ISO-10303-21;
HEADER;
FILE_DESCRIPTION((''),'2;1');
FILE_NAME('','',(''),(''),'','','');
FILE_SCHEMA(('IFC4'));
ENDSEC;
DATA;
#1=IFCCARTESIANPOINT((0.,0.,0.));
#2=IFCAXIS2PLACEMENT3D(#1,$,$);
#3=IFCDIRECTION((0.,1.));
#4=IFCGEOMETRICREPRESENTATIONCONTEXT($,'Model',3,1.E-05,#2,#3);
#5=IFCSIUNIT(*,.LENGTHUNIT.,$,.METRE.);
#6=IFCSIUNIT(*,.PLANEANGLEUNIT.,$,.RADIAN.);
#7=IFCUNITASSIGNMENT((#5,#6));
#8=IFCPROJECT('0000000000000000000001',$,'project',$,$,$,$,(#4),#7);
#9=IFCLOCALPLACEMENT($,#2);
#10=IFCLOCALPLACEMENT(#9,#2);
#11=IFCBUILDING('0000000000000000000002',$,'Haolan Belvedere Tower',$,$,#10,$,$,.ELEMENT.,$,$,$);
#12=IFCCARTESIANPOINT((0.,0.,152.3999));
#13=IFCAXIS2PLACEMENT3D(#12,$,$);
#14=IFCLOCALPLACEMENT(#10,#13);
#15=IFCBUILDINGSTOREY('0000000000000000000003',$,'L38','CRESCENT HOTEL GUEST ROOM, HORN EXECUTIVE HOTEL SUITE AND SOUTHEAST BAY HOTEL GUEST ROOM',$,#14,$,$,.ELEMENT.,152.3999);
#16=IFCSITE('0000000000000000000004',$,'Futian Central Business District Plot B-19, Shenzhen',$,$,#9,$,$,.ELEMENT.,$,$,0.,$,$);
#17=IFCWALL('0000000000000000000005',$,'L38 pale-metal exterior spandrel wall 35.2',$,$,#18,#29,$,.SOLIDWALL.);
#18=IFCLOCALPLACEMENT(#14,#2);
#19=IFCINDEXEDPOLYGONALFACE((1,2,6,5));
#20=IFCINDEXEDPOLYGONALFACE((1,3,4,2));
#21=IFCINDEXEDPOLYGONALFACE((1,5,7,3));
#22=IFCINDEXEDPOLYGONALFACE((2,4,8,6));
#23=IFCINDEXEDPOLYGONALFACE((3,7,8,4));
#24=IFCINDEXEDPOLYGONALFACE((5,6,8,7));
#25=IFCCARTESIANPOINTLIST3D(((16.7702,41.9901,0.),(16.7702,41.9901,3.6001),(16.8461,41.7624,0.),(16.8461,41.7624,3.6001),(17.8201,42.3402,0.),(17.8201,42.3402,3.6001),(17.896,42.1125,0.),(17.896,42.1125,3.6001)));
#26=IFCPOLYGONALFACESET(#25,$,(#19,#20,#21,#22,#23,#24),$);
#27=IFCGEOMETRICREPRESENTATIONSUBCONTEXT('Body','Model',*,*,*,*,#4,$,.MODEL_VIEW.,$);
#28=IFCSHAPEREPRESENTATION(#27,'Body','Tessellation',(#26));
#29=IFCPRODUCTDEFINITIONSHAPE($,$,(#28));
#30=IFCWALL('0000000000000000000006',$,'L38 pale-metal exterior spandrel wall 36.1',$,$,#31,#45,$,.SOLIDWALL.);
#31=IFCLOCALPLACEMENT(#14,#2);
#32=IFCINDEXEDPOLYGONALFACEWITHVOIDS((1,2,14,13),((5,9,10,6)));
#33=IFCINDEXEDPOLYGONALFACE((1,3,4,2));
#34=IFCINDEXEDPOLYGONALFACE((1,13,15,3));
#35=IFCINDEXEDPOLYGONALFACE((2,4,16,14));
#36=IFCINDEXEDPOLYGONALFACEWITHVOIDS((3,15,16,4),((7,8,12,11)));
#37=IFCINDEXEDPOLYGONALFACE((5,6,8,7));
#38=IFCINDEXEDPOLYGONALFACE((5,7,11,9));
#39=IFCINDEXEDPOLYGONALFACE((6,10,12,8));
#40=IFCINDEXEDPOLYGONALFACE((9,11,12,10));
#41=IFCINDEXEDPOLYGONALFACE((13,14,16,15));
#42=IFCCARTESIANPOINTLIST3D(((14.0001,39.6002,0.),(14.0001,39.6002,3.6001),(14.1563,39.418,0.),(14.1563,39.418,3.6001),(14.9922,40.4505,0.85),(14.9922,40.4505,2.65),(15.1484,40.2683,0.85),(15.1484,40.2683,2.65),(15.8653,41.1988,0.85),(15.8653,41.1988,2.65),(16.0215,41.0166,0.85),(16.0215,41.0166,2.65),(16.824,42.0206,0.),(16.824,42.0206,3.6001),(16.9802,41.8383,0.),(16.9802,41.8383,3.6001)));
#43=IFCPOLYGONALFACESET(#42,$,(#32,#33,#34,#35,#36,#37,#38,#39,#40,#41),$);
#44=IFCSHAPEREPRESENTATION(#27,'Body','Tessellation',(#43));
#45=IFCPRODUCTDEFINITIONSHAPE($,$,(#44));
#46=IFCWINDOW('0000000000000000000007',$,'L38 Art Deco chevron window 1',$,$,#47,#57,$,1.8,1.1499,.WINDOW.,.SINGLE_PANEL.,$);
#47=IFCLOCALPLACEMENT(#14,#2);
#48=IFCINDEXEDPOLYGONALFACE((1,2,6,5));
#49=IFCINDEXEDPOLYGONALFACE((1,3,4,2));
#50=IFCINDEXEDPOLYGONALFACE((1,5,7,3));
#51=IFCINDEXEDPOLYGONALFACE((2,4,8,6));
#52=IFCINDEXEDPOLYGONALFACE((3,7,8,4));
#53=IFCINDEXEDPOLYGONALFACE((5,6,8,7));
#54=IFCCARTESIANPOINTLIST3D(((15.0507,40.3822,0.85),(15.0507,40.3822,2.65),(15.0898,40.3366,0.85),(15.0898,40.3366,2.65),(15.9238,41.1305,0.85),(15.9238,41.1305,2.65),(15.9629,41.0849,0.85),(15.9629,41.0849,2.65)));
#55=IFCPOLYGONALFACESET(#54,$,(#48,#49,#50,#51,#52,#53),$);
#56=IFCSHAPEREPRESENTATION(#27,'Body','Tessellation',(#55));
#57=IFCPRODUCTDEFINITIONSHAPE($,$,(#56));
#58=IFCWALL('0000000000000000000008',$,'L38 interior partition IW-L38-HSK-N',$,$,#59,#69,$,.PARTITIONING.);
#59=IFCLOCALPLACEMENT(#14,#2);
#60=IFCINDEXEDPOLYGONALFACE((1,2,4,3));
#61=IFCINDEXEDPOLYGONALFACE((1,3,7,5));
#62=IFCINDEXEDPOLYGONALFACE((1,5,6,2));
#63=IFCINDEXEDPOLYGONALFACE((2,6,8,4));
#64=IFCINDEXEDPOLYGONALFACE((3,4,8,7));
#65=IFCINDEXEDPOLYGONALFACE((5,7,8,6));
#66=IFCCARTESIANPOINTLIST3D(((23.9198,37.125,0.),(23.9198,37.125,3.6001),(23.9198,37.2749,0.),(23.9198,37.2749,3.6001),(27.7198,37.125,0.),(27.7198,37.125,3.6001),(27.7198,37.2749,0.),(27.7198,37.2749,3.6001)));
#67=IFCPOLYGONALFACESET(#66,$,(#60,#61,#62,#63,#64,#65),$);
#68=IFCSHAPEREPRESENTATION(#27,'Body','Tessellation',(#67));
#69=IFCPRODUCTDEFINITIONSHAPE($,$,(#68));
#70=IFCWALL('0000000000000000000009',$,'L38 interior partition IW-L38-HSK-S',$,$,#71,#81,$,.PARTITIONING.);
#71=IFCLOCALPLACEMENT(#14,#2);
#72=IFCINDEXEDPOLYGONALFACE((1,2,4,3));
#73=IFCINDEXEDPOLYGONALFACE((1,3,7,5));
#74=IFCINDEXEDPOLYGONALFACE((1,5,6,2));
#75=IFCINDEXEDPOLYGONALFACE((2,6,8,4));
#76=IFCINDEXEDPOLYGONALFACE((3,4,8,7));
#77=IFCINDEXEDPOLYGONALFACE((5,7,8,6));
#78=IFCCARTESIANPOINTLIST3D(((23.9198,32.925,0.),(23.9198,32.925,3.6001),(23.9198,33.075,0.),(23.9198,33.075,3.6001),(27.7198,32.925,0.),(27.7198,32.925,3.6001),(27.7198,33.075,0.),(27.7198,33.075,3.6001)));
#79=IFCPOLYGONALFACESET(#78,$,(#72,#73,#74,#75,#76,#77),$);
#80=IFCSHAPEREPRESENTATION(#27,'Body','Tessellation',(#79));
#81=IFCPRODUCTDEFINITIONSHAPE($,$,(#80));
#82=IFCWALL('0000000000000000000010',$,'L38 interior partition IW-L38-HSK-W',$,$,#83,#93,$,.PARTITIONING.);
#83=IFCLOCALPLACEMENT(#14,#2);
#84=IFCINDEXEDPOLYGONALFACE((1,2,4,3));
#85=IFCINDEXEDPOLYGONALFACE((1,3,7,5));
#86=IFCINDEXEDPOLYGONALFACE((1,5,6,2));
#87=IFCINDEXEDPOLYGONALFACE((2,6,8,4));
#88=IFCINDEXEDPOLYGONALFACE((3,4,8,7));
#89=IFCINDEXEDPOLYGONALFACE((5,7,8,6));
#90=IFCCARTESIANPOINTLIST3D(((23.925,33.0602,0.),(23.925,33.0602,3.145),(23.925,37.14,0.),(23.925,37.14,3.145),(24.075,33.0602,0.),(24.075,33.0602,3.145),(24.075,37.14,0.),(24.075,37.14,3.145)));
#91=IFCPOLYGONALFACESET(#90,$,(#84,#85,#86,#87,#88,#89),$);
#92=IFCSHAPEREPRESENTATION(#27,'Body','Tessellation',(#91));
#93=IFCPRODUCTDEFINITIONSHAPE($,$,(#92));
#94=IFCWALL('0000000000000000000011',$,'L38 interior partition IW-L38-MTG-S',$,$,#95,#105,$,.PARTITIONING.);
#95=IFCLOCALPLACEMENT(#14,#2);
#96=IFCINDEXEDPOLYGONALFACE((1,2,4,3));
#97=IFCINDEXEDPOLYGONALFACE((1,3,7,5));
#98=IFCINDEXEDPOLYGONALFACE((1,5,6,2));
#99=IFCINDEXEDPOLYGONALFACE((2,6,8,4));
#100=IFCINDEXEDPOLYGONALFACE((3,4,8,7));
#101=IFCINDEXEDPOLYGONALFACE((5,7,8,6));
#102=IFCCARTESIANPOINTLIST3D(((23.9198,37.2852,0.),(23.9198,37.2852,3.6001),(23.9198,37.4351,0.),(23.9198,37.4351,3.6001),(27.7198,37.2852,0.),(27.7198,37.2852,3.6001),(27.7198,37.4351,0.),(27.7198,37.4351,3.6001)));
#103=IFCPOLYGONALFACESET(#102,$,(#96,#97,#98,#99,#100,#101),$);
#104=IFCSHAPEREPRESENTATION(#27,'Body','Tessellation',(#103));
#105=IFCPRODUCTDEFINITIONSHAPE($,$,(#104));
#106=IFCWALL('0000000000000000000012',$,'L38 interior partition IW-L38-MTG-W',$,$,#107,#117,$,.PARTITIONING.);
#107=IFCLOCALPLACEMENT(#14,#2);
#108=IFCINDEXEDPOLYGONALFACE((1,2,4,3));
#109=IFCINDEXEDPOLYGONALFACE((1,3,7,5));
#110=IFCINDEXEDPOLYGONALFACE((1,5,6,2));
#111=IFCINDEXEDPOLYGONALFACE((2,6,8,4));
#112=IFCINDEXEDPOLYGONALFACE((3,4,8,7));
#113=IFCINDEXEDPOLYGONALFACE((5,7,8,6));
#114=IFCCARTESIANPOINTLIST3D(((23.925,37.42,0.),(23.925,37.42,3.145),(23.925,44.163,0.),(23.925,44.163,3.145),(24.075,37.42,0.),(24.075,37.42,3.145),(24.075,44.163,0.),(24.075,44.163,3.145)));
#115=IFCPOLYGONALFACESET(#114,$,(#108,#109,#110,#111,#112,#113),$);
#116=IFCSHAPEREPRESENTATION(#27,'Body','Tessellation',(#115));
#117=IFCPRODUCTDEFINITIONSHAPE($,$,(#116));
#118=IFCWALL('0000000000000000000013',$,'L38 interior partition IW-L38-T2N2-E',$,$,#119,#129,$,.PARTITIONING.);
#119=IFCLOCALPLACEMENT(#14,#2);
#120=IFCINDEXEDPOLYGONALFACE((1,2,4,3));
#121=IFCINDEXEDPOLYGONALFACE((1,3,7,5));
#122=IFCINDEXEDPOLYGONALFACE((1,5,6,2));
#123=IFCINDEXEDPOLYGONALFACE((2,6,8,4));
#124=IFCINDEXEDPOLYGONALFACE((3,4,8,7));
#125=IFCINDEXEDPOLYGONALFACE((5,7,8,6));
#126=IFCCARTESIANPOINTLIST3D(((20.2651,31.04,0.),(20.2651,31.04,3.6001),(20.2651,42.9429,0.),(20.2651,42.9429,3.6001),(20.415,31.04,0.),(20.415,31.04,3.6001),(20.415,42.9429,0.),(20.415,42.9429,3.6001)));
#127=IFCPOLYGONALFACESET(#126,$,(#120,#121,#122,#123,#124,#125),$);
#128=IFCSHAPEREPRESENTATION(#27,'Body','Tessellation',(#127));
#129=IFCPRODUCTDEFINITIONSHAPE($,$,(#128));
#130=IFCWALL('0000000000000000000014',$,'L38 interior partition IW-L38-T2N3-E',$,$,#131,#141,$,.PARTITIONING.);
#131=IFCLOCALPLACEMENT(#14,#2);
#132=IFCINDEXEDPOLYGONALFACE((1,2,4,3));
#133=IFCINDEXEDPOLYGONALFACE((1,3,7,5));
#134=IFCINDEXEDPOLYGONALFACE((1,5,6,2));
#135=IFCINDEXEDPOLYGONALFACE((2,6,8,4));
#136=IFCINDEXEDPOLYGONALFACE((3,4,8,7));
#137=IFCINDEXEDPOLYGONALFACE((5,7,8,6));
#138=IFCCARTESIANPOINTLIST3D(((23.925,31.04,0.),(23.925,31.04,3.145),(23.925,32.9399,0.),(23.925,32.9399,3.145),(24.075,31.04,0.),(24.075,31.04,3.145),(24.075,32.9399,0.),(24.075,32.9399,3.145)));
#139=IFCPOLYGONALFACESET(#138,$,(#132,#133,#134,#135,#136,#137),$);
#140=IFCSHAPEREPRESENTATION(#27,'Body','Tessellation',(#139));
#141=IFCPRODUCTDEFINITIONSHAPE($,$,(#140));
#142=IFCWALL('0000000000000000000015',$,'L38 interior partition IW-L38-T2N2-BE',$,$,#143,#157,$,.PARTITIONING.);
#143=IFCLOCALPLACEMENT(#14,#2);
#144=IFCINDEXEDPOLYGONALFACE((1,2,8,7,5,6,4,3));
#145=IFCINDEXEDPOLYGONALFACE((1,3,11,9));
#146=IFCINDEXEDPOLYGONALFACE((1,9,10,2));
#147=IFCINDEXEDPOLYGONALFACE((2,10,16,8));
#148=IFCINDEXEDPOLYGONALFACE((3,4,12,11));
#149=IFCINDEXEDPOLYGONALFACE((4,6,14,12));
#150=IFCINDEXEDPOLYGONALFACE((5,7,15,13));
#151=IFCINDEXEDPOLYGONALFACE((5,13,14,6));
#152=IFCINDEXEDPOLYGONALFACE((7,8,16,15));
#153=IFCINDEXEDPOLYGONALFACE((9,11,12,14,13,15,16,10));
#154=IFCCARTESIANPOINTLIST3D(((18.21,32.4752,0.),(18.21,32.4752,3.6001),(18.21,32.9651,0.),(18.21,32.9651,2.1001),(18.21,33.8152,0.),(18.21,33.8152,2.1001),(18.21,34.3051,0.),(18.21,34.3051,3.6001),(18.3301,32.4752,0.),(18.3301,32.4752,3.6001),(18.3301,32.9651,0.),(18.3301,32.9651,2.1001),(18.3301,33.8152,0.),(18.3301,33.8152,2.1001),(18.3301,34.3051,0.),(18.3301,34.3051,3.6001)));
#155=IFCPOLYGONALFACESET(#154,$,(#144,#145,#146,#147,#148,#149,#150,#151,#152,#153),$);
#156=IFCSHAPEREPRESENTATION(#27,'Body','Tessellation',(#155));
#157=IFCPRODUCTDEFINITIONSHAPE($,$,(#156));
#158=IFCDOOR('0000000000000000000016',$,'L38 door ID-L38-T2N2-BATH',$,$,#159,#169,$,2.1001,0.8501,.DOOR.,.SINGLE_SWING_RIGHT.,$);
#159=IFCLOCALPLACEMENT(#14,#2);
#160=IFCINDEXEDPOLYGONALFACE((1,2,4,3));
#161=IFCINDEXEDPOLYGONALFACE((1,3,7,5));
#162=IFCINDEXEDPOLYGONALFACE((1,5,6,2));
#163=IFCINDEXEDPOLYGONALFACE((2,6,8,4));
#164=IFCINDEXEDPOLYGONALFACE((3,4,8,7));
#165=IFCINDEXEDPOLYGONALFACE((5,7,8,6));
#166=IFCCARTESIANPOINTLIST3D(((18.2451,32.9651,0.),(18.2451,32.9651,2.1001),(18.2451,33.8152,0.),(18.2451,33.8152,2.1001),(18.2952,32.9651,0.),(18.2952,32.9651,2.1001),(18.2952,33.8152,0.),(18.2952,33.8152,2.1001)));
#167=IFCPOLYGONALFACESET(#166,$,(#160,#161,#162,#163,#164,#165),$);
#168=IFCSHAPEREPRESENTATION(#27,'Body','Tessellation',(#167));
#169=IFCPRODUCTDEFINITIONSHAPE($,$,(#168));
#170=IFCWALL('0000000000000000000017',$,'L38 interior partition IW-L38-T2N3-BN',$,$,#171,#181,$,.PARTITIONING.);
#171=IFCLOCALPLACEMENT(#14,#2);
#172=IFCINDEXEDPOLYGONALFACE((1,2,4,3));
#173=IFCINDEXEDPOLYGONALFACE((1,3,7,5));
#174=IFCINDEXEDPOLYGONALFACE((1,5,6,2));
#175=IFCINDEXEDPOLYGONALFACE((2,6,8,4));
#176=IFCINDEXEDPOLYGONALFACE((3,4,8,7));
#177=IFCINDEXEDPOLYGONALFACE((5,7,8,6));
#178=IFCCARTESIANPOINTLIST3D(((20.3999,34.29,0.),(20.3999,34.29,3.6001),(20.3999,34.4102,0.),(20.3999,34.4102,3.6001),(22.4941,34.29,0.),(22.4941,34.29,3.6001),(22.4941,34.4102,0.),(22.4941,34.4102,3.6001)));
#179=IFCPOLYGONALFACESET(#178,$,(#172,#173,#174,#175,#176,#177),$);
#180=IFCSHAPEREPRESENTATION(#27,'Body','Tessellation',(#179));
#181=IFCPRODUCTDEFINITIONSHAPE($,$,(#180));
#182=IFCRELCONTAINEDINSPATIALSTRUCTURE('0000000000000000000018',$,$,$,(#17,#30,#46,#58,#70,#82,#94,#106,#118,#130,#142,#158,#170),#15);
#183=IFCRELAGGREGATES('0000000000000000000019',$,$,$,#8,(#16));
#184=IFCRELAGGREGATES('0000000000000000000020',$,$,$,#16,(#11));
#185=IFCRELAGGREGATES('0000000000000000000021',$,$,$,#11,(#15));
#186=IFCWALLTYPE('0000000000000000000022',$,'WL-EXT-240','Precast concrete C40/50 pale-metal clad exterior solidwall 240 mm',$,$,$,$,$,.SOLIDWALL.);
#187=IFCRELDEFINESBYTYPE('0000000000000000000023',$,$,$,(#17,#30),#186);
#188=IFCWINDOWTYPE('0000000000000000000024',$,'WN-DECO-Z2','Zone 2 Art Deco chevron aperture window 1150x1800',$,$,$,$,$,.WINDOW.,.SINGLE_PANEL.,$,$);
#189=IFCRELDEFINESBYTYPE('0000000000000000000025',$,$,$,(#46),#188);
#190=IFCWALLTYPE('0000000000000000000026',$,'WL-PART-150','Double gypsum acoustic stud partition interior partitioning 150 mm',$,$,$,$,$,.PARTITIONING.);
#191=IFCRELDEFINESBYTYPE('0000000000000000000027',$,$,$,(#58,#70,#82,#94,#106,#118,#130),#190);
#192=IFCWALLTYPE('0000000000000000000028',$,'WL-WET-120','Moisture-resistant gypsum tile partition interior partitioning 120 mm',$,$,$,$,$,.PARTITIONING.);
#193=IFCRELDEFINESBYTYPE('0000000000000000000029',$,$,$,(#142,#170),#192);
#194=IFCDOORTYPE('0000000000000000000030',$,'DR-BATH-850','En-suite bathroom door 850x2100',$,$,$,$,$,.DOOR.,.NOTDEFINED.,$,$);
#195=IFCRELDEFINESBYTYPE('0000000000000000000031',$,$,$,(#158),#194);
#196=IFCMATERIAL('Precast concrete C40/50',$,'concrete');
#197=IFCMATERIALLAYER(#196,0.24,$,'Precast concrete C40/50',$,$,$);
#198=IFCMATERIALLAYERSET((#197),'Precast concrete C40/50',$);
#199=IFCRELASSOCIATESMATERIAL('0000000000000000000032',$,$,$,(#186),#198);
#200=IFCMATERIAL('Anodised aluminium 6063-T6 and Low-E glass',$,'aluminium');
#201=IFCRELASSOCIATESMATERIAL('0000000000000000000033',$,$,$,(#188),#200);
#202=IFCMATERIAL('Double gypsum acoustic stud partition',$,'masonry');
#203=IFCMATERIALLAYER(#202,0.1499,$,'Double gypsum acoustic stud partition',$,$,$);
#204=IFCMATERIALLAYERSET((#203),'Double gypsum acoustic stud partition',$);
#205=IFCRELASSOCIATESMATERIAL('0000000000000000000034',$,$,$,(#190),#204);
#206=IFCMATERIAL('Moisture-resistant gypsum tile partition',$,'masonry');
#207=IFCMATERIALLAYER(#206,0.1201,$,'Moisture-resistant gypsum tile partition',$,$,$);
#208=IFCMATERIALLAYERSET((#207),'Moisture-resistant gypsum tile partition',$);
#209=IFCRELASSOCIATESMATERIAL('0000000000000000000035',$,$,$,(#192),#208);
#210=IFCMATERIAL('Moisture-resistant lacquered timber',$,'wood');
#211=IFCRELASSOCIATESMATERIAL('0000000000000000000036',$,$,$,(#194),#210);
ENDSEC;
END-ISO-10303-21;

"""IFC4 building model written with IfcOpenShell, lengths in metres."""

from ifc_helpers import new_model, si_unit, direction, frame, frame_2d, origin, place, context, subcontext, project, spatial, rectangle, extrude, material, layer, layer_set, type_object, element, fill, save


model = new_model("IFC4")

# Units and contexts
model_context = context("Model", 3, precision=1e-05, world=origin(), true_north=direction((0.0, 1.0)))
body_context = subcontext(model_context, "Body", "Model", "MODEL_VIEW")
ifc_project = project(units=[si_unit("LENGTHUNIT", "METRE"), si_unit("PLANEANGLEUNIT", "RADIAN")], contexts=[model_context])

# Site, building, storey
site_placement = place(None, origin())
site = spatial("IfcSite", under=ifc_project, at=site_placement, Name="Futian Central Business District Plot B-19, Shenzhen", CompositionType="ELEMENT", RefElevation=0.0)
building_placement = place(site_placement, origin())
building = spatial("IfcBuilding", under=site, at=building_placement, Name="Haolan Belvedere Tower", CompositionType="ELEMENT")
storey_placement = place(building_placement, frame((0.0, 0.0, 152.3999)))
storey = spatial("IfcBuildingStorey", under=building, at=storey_placement, Name="L38", Description="CRESCENT HOTEL GUEST ROOM, HORN EXECUTIVE HOTEL SUITE AND SOUTHEAST BAY HOTEL GUEST ROOM", CompositionType="ELEMENT", Elevation=152.3999)

# Wall
ifc_material_1 = material(Name="Precast concrete C40/50", Category="concrete")
ifc_layer_1 = layer(ifc_material_1, 0.24, Name="Precast concrete C40/50")
ifc_layer_set_1 = layer_set([ifc_layer_1], Name="Precast concrete C40/50")
wall_type_1 = type_object("IfcWallType", Name="WL-EXT-240", Description="Precast concrete C40/50 pale-metal clad exterior solidwall 240 mm", PredefinedType="SOLIDWALL", material=ifc_layer_set_1)
wall_1_placement = place(storey_placement, frame((17.8579, 42.2263, 0.0), z_axis=(0.0, 0.0, 1.0), x_axis=(-0.948639, -0.31636, 0.0)))
element("IfcWall", 1, at=wall_1_placement, inside=storey, type_object=wall_type_1, Name="L38 pale-metal exterior spandrel wall 35.2", PredefinedType="SOLIDWALL", context=body_context, shape_type="SweptSolid", body=[
    extrude(rectangle(XDim=1.1067, YDim=0.24, at=frame_2d((0.5532, 0.0))), origin(), (0.0, 0.0, 1.0), 3.6001),
])

# Wall, opening, window
wall_2_placement = place(storey_placement, frame((16.9021, 41.9294, 0.0), z_axis=(0.0, 0.0, 1.0), x_axis=(-0.759275, -0.65077, 0.0)))
wall_2 = element("IfcWall", 2, at=wall_2_placement, inside=storey, type_object=wall_type_1, Name="L38 pale-metal exterior spandrel wall 36.1", PredefinedType="SOLIDWALL", context=body_context, shape_type="SweptSolid", body=[
    extrude(rectangle(XDim=3.7192, YDim=0.24, at=frame_2d((1.8596, 0.0))), origin(), (0.0, 0.0, 1.0), 3.6001),
])
opening_1_placement = place(wall_2_placement, frame((1.2627, 0.0, 0.8501)))
opening_1 = element("IfcOpeningElement", 3, at=opening_1_placement, cuts=wall_2, PredefinedType="OPENING", context=body_context, shape_type="SweptSolid", body=[
    extrude(rectangle(XDim=1.1499, YDim=1.8, at=frame_2d((0.575, 0.8999))), frame((0.0, 0.1299, 0.0), z_axis=(0.0, -1.0, 0.0), x_axis=(1.0, 0.0, 0.0)), (0.0, 0.0, 1.0), 0.26),
])
ifc_material_2 = material(Name="Anodised aluminium 6063-T6 and Low-E glass", Category="aluminium")
window_type = type_object("IfcWindowType", Name="WN-DECO-Z2", Description="Zone 2 Art Deco chevron aperture window 1150x1800", PartitioningType="SINGLE_PANEL", PredefinedType="WINDOW", material=ifc_material_2)
window_placement = place(opening_1_placement, origin())
window = element("IfcWindow", 4, at=window_placement, inside=storey, type_object=window_type, Name="L38 Art Deco chevron window 1", OverallHeight=1.8, OverallWidth=1.1499, PartitioningType="SINGLE_PANEL", PredefinedType="WINDOW", context=body_context, shape_type="SweptSolid", body=[
    extrude(rectangle(XDim=1.1499, YDim=1.8, at=frame_2d((0.575, 0.8999))), frame((0.0, 0.03, 0.0), z_axis=(0.0, -1.0, 0.0), x_axis=(1.0, 0.0, 0.0)), (0.0, 0.0, 1.0), 0.0601),
])
fill(opening_1, window)

# Walls
ifc_material_3 = material(Name="Double gypsum acoustic stud partition", Category="masonry")
ifc_layer_2 = layer(ifc_material_3, 0.1499, Name="Double gypsum acoustic stud partition")
ifc_layer_set_2 = layer_set([ifc_layer_2], Name="Double gypsum acoustic stud partition")
wall_type_2 = type_object("IfcWallType", Name="WL-PART-150", Description="Double gypsum acoustic stud partition interior partitioning 150 mm", PredefinedType="PARTITIONING", material=ifc_layer_set_2)
for number, where, z_axis, x_axis, name in (
    (5, (23.9199, 37.2, 0.0), (0.0, 0.0, 1.0), (1.0, 0.0, 0.0), "L38 interior partition IW-L38-HSK-N"),
    (6, (23.9199, 33.0, 0.0), (0.0, 0.0, 1.0), (1.0, 0.0, 0.0), "L38 interior partition IW-L38-HSK-S"),
):
    element("IfcWall", number, at=place(storey_placement, frame(where, z_axis=z_axis, x_axis=x_axis)), inside=storey, type_object=wall_type_2, Name=name, PredefinedType="PARTITIONING", context=body_context, shape_type="SweptSolid", body=[
        extrude(rectangle(XDim=3.8, YDim=0.1499, at=frame_2d((1.8999, 0.0))), origin(), (0.0, 0.0, 1.0), 3.6001),
    ])
wall_3_placement = place(storey_placement, frame((24.0, 33.0601, 0.0), z_axis=(0.0, 0.0, 1.0), x_axis=(0.0, 1.0, 0.0)))
element("IfcWall", 7, at=wall_3_placement, inside=storey, type_object=wall_type_2, Name="L38 interior partition IW-L38-HSK-W", PredefinedType="PARTITIONING", context=body_context, shape_type="SweptSolid", body=[
    extrude(rectangle(XDim=4.0798, YDim=0.1499, at=frame_2d((2.04, 0.0))), origin(), (0.0, 0.0, 1.0), 3.145),
])
wall_4_placement = place(storey_placement, frame((23.9199, 37.3601, 0.0), z_axis=(0.0, 0.0, 1.0), x_axis=(1.0, 0.0, 0.0)))
element("IfcWall", 8, at=wall_4_placement, inside=storey, type_object=wall_type_2, Name="L38 interior partition IW-L38-MTG-S", PredefinedType="PARTITIONING", context=body_context, shape_type="SweptSolid", body=[
    extrude(rectangle(XDim=3.8, YDim=0.1499, at=frame_2d((1.8999, 0.0))), origin(), (0.0, 0.0, 1.0), 3.6001),
])
wall_5_placement = place(storey_placement, frame((24.0, 37.4199, 0.0), z_axis=(0.0, 0.0, 1.0), x_axis=(0.0, 1.0, 0.0)))
element("IfcWall", 9, at=wall_5_placement, inside=storey, type_object=wall_type_2, Name="L38 interior partition IW-L38-MTG-W", PredefinedType="PARTITIONING", context=body_context, shape_type="SweptSolid", body=[
    extrude(rectangle(XDim=6.7429, YDim=0.1499, at=frame_2d((3.3716, 0.0))), origin(), (0.0, 0.0, 1.0), 3.145),
])
wall_6_placement = place(storey_placement, frame((20.3401, 31.04, 0.0), z_axis=(0.0, 0.0, 1.0), x_axis=(0.0, 1.0, 0.0)))
element("IfcWall", 10, at=wall_6_placement, inside=storey, type_object=wall_type_2, Name="L38 interior partition IW-L38-T2N2-E", PredefinedType="PARTITIONING", context=body_context, shape_type="SweptSolid", body=[
    extrude(rectangle(XDim=11.9028, YDim=0.1499, at=frame_2d((5.9514, 0.0))), origin(), (0.0, 0.0, 1.0), 3.6001),
])

# Wall
wall_7_placement = place(storey_placement, frame((24.0, 31.04, 0.0), z_axis=(0.0, 0.0, 1.0), x_axis=(0.0, 1.0, 0.0)))
element("IfcWall", 11, at=wall_7_placement, inside=storey, type_object=wall_type_2, Name="L38 interior partition IW-L38-T2N3-E", PredefinedType="PARTITIONING", context=body_context, shape_type="SweptSolid", body=[
    extrude(rectangle(XDim=1.8999, YDim=0.1499, at=frame_2d((0.95, 0.0))), origin(), (0.0, 0.0, 1.0), 3.145),
])

# Wall, opening, door
ifc_material_4 = material(Name="Moisture-resistant gypsum tile partition", Category="masonry")
ifc_layer_3 = layer(ifc_material_4, 0.1201, Name="Moisture-resistant gypsum tile partition")
ifc_layer_set_3 = layer_set([ifc_layer_3], Name="Moisture-resistant gypsum tile partition")
wall_type_3 = type_object("IfcWallType", Name="WL-WET-120", Description="Moisture-resistant gypsum tile partition interior partitioning 120 mm", PredefinedType="PARTITIONING", material=ifc_layer_set_3)
wall_8_placement = place(storey_placement, frame((18.27, 32.4751, 0.0), z_axis=(0.0, 0.0, 1.0), x_axis=(0.0, 1.0, 0.0)))
wall_8 = element("IfcWall", 12, at=wall_8_placement, inside=storey, type_object=wall_type_3, Name="L38 interior partition IW-L38-T2N2-BE", PredefinedType="PARTITIONING", context=body_context, shape_type="SweptSolid", body=[
    extrude(rectangle(XDim=1.8298, YDim=0.1201, at=frame_2d((0.915, 0.0))), origin(), (0.0, 0.0, 1.0), 3.6001),
])
opening_2_placement = place(wall_8_placement, frame((0.49, 0.0, 0.0)))
opening_2 = element("IfcOpeningElement", 13, at=opening_2_placement, cuts=wall_8, PredefinedType="OPENING", context=body_context, shape_type="SweptSolid", body=[
    extrude(rectangle(XDim=0.8501, YDim=2.1001, at=frame_2d((0.425, 1.05))), frame((0.0, 0.0701, 0.0), z_axis=(0.0, -1.0, 0.0), x_axis=(1.0, 0.0, 0.0)), (0.0, 0.0, 1.0), 0.1401),
])
ifc_material_5 = material(Name="Moisture-resistant lacquered timber", Category="wood")
door_type_1 = type_object("IfcDoorType", Name="DR-BATH-850", Description="En-suite bathroom door 850x2100", OperationType="NOTDEFINED", PredefinedType="DOOR", material=ifc_material_5)
door_1_placement = place(opening_2_placement, origin())
door_1 = element("IfcDoor", 14, at=door_1_placement, inside=storey, type_object=door_type_1, Name="L38 door ID-L38-T2N2-BATH", OperationType="SINGLE_SWING_RIGHT", OverallHeight=2.1001, OverallWidth=0.8501, PredefinedType="DOOR", context=body_context, shape_type="SweptSolid", body=[
    extrude(rectangle(XDim=0.8501, YDim=2.1001, at=frame_2d((0.425, 1.05))), frame((0.0, 0.0249, 0.0), z_axis=(0.0, -1.0, 0.0), x_axis=(1.0, 0.0, 0.0)), (0.0, 0.0, 1.0), 0.05),
])
fill(opening_2, door_1)

# Wall
wall_9_placement = place(storey_placement, frame((20.3999, 34.3501, 0.0), z_axis=(0.0, 0.0, 1.0), x_axis=(1.0, 0.0, 0.0)))
element("IfcWall", 15, at=wall_9_placement, inside=storey, type_object=wall_type_3, Name="L38 interior partition IW-L38-T2N3-BN", PredefinedType="PARTITIONING", context=body_context, shape_type="SweptSolid", body=[
    extrude(rectangle(XDim=2.0942, YDim=0.1201, at=frame_2d((1.0471, 0.0))), origin(), (0.0, 0.0, 1.0), 3.6001),
])

save(model, "model.ifc")
